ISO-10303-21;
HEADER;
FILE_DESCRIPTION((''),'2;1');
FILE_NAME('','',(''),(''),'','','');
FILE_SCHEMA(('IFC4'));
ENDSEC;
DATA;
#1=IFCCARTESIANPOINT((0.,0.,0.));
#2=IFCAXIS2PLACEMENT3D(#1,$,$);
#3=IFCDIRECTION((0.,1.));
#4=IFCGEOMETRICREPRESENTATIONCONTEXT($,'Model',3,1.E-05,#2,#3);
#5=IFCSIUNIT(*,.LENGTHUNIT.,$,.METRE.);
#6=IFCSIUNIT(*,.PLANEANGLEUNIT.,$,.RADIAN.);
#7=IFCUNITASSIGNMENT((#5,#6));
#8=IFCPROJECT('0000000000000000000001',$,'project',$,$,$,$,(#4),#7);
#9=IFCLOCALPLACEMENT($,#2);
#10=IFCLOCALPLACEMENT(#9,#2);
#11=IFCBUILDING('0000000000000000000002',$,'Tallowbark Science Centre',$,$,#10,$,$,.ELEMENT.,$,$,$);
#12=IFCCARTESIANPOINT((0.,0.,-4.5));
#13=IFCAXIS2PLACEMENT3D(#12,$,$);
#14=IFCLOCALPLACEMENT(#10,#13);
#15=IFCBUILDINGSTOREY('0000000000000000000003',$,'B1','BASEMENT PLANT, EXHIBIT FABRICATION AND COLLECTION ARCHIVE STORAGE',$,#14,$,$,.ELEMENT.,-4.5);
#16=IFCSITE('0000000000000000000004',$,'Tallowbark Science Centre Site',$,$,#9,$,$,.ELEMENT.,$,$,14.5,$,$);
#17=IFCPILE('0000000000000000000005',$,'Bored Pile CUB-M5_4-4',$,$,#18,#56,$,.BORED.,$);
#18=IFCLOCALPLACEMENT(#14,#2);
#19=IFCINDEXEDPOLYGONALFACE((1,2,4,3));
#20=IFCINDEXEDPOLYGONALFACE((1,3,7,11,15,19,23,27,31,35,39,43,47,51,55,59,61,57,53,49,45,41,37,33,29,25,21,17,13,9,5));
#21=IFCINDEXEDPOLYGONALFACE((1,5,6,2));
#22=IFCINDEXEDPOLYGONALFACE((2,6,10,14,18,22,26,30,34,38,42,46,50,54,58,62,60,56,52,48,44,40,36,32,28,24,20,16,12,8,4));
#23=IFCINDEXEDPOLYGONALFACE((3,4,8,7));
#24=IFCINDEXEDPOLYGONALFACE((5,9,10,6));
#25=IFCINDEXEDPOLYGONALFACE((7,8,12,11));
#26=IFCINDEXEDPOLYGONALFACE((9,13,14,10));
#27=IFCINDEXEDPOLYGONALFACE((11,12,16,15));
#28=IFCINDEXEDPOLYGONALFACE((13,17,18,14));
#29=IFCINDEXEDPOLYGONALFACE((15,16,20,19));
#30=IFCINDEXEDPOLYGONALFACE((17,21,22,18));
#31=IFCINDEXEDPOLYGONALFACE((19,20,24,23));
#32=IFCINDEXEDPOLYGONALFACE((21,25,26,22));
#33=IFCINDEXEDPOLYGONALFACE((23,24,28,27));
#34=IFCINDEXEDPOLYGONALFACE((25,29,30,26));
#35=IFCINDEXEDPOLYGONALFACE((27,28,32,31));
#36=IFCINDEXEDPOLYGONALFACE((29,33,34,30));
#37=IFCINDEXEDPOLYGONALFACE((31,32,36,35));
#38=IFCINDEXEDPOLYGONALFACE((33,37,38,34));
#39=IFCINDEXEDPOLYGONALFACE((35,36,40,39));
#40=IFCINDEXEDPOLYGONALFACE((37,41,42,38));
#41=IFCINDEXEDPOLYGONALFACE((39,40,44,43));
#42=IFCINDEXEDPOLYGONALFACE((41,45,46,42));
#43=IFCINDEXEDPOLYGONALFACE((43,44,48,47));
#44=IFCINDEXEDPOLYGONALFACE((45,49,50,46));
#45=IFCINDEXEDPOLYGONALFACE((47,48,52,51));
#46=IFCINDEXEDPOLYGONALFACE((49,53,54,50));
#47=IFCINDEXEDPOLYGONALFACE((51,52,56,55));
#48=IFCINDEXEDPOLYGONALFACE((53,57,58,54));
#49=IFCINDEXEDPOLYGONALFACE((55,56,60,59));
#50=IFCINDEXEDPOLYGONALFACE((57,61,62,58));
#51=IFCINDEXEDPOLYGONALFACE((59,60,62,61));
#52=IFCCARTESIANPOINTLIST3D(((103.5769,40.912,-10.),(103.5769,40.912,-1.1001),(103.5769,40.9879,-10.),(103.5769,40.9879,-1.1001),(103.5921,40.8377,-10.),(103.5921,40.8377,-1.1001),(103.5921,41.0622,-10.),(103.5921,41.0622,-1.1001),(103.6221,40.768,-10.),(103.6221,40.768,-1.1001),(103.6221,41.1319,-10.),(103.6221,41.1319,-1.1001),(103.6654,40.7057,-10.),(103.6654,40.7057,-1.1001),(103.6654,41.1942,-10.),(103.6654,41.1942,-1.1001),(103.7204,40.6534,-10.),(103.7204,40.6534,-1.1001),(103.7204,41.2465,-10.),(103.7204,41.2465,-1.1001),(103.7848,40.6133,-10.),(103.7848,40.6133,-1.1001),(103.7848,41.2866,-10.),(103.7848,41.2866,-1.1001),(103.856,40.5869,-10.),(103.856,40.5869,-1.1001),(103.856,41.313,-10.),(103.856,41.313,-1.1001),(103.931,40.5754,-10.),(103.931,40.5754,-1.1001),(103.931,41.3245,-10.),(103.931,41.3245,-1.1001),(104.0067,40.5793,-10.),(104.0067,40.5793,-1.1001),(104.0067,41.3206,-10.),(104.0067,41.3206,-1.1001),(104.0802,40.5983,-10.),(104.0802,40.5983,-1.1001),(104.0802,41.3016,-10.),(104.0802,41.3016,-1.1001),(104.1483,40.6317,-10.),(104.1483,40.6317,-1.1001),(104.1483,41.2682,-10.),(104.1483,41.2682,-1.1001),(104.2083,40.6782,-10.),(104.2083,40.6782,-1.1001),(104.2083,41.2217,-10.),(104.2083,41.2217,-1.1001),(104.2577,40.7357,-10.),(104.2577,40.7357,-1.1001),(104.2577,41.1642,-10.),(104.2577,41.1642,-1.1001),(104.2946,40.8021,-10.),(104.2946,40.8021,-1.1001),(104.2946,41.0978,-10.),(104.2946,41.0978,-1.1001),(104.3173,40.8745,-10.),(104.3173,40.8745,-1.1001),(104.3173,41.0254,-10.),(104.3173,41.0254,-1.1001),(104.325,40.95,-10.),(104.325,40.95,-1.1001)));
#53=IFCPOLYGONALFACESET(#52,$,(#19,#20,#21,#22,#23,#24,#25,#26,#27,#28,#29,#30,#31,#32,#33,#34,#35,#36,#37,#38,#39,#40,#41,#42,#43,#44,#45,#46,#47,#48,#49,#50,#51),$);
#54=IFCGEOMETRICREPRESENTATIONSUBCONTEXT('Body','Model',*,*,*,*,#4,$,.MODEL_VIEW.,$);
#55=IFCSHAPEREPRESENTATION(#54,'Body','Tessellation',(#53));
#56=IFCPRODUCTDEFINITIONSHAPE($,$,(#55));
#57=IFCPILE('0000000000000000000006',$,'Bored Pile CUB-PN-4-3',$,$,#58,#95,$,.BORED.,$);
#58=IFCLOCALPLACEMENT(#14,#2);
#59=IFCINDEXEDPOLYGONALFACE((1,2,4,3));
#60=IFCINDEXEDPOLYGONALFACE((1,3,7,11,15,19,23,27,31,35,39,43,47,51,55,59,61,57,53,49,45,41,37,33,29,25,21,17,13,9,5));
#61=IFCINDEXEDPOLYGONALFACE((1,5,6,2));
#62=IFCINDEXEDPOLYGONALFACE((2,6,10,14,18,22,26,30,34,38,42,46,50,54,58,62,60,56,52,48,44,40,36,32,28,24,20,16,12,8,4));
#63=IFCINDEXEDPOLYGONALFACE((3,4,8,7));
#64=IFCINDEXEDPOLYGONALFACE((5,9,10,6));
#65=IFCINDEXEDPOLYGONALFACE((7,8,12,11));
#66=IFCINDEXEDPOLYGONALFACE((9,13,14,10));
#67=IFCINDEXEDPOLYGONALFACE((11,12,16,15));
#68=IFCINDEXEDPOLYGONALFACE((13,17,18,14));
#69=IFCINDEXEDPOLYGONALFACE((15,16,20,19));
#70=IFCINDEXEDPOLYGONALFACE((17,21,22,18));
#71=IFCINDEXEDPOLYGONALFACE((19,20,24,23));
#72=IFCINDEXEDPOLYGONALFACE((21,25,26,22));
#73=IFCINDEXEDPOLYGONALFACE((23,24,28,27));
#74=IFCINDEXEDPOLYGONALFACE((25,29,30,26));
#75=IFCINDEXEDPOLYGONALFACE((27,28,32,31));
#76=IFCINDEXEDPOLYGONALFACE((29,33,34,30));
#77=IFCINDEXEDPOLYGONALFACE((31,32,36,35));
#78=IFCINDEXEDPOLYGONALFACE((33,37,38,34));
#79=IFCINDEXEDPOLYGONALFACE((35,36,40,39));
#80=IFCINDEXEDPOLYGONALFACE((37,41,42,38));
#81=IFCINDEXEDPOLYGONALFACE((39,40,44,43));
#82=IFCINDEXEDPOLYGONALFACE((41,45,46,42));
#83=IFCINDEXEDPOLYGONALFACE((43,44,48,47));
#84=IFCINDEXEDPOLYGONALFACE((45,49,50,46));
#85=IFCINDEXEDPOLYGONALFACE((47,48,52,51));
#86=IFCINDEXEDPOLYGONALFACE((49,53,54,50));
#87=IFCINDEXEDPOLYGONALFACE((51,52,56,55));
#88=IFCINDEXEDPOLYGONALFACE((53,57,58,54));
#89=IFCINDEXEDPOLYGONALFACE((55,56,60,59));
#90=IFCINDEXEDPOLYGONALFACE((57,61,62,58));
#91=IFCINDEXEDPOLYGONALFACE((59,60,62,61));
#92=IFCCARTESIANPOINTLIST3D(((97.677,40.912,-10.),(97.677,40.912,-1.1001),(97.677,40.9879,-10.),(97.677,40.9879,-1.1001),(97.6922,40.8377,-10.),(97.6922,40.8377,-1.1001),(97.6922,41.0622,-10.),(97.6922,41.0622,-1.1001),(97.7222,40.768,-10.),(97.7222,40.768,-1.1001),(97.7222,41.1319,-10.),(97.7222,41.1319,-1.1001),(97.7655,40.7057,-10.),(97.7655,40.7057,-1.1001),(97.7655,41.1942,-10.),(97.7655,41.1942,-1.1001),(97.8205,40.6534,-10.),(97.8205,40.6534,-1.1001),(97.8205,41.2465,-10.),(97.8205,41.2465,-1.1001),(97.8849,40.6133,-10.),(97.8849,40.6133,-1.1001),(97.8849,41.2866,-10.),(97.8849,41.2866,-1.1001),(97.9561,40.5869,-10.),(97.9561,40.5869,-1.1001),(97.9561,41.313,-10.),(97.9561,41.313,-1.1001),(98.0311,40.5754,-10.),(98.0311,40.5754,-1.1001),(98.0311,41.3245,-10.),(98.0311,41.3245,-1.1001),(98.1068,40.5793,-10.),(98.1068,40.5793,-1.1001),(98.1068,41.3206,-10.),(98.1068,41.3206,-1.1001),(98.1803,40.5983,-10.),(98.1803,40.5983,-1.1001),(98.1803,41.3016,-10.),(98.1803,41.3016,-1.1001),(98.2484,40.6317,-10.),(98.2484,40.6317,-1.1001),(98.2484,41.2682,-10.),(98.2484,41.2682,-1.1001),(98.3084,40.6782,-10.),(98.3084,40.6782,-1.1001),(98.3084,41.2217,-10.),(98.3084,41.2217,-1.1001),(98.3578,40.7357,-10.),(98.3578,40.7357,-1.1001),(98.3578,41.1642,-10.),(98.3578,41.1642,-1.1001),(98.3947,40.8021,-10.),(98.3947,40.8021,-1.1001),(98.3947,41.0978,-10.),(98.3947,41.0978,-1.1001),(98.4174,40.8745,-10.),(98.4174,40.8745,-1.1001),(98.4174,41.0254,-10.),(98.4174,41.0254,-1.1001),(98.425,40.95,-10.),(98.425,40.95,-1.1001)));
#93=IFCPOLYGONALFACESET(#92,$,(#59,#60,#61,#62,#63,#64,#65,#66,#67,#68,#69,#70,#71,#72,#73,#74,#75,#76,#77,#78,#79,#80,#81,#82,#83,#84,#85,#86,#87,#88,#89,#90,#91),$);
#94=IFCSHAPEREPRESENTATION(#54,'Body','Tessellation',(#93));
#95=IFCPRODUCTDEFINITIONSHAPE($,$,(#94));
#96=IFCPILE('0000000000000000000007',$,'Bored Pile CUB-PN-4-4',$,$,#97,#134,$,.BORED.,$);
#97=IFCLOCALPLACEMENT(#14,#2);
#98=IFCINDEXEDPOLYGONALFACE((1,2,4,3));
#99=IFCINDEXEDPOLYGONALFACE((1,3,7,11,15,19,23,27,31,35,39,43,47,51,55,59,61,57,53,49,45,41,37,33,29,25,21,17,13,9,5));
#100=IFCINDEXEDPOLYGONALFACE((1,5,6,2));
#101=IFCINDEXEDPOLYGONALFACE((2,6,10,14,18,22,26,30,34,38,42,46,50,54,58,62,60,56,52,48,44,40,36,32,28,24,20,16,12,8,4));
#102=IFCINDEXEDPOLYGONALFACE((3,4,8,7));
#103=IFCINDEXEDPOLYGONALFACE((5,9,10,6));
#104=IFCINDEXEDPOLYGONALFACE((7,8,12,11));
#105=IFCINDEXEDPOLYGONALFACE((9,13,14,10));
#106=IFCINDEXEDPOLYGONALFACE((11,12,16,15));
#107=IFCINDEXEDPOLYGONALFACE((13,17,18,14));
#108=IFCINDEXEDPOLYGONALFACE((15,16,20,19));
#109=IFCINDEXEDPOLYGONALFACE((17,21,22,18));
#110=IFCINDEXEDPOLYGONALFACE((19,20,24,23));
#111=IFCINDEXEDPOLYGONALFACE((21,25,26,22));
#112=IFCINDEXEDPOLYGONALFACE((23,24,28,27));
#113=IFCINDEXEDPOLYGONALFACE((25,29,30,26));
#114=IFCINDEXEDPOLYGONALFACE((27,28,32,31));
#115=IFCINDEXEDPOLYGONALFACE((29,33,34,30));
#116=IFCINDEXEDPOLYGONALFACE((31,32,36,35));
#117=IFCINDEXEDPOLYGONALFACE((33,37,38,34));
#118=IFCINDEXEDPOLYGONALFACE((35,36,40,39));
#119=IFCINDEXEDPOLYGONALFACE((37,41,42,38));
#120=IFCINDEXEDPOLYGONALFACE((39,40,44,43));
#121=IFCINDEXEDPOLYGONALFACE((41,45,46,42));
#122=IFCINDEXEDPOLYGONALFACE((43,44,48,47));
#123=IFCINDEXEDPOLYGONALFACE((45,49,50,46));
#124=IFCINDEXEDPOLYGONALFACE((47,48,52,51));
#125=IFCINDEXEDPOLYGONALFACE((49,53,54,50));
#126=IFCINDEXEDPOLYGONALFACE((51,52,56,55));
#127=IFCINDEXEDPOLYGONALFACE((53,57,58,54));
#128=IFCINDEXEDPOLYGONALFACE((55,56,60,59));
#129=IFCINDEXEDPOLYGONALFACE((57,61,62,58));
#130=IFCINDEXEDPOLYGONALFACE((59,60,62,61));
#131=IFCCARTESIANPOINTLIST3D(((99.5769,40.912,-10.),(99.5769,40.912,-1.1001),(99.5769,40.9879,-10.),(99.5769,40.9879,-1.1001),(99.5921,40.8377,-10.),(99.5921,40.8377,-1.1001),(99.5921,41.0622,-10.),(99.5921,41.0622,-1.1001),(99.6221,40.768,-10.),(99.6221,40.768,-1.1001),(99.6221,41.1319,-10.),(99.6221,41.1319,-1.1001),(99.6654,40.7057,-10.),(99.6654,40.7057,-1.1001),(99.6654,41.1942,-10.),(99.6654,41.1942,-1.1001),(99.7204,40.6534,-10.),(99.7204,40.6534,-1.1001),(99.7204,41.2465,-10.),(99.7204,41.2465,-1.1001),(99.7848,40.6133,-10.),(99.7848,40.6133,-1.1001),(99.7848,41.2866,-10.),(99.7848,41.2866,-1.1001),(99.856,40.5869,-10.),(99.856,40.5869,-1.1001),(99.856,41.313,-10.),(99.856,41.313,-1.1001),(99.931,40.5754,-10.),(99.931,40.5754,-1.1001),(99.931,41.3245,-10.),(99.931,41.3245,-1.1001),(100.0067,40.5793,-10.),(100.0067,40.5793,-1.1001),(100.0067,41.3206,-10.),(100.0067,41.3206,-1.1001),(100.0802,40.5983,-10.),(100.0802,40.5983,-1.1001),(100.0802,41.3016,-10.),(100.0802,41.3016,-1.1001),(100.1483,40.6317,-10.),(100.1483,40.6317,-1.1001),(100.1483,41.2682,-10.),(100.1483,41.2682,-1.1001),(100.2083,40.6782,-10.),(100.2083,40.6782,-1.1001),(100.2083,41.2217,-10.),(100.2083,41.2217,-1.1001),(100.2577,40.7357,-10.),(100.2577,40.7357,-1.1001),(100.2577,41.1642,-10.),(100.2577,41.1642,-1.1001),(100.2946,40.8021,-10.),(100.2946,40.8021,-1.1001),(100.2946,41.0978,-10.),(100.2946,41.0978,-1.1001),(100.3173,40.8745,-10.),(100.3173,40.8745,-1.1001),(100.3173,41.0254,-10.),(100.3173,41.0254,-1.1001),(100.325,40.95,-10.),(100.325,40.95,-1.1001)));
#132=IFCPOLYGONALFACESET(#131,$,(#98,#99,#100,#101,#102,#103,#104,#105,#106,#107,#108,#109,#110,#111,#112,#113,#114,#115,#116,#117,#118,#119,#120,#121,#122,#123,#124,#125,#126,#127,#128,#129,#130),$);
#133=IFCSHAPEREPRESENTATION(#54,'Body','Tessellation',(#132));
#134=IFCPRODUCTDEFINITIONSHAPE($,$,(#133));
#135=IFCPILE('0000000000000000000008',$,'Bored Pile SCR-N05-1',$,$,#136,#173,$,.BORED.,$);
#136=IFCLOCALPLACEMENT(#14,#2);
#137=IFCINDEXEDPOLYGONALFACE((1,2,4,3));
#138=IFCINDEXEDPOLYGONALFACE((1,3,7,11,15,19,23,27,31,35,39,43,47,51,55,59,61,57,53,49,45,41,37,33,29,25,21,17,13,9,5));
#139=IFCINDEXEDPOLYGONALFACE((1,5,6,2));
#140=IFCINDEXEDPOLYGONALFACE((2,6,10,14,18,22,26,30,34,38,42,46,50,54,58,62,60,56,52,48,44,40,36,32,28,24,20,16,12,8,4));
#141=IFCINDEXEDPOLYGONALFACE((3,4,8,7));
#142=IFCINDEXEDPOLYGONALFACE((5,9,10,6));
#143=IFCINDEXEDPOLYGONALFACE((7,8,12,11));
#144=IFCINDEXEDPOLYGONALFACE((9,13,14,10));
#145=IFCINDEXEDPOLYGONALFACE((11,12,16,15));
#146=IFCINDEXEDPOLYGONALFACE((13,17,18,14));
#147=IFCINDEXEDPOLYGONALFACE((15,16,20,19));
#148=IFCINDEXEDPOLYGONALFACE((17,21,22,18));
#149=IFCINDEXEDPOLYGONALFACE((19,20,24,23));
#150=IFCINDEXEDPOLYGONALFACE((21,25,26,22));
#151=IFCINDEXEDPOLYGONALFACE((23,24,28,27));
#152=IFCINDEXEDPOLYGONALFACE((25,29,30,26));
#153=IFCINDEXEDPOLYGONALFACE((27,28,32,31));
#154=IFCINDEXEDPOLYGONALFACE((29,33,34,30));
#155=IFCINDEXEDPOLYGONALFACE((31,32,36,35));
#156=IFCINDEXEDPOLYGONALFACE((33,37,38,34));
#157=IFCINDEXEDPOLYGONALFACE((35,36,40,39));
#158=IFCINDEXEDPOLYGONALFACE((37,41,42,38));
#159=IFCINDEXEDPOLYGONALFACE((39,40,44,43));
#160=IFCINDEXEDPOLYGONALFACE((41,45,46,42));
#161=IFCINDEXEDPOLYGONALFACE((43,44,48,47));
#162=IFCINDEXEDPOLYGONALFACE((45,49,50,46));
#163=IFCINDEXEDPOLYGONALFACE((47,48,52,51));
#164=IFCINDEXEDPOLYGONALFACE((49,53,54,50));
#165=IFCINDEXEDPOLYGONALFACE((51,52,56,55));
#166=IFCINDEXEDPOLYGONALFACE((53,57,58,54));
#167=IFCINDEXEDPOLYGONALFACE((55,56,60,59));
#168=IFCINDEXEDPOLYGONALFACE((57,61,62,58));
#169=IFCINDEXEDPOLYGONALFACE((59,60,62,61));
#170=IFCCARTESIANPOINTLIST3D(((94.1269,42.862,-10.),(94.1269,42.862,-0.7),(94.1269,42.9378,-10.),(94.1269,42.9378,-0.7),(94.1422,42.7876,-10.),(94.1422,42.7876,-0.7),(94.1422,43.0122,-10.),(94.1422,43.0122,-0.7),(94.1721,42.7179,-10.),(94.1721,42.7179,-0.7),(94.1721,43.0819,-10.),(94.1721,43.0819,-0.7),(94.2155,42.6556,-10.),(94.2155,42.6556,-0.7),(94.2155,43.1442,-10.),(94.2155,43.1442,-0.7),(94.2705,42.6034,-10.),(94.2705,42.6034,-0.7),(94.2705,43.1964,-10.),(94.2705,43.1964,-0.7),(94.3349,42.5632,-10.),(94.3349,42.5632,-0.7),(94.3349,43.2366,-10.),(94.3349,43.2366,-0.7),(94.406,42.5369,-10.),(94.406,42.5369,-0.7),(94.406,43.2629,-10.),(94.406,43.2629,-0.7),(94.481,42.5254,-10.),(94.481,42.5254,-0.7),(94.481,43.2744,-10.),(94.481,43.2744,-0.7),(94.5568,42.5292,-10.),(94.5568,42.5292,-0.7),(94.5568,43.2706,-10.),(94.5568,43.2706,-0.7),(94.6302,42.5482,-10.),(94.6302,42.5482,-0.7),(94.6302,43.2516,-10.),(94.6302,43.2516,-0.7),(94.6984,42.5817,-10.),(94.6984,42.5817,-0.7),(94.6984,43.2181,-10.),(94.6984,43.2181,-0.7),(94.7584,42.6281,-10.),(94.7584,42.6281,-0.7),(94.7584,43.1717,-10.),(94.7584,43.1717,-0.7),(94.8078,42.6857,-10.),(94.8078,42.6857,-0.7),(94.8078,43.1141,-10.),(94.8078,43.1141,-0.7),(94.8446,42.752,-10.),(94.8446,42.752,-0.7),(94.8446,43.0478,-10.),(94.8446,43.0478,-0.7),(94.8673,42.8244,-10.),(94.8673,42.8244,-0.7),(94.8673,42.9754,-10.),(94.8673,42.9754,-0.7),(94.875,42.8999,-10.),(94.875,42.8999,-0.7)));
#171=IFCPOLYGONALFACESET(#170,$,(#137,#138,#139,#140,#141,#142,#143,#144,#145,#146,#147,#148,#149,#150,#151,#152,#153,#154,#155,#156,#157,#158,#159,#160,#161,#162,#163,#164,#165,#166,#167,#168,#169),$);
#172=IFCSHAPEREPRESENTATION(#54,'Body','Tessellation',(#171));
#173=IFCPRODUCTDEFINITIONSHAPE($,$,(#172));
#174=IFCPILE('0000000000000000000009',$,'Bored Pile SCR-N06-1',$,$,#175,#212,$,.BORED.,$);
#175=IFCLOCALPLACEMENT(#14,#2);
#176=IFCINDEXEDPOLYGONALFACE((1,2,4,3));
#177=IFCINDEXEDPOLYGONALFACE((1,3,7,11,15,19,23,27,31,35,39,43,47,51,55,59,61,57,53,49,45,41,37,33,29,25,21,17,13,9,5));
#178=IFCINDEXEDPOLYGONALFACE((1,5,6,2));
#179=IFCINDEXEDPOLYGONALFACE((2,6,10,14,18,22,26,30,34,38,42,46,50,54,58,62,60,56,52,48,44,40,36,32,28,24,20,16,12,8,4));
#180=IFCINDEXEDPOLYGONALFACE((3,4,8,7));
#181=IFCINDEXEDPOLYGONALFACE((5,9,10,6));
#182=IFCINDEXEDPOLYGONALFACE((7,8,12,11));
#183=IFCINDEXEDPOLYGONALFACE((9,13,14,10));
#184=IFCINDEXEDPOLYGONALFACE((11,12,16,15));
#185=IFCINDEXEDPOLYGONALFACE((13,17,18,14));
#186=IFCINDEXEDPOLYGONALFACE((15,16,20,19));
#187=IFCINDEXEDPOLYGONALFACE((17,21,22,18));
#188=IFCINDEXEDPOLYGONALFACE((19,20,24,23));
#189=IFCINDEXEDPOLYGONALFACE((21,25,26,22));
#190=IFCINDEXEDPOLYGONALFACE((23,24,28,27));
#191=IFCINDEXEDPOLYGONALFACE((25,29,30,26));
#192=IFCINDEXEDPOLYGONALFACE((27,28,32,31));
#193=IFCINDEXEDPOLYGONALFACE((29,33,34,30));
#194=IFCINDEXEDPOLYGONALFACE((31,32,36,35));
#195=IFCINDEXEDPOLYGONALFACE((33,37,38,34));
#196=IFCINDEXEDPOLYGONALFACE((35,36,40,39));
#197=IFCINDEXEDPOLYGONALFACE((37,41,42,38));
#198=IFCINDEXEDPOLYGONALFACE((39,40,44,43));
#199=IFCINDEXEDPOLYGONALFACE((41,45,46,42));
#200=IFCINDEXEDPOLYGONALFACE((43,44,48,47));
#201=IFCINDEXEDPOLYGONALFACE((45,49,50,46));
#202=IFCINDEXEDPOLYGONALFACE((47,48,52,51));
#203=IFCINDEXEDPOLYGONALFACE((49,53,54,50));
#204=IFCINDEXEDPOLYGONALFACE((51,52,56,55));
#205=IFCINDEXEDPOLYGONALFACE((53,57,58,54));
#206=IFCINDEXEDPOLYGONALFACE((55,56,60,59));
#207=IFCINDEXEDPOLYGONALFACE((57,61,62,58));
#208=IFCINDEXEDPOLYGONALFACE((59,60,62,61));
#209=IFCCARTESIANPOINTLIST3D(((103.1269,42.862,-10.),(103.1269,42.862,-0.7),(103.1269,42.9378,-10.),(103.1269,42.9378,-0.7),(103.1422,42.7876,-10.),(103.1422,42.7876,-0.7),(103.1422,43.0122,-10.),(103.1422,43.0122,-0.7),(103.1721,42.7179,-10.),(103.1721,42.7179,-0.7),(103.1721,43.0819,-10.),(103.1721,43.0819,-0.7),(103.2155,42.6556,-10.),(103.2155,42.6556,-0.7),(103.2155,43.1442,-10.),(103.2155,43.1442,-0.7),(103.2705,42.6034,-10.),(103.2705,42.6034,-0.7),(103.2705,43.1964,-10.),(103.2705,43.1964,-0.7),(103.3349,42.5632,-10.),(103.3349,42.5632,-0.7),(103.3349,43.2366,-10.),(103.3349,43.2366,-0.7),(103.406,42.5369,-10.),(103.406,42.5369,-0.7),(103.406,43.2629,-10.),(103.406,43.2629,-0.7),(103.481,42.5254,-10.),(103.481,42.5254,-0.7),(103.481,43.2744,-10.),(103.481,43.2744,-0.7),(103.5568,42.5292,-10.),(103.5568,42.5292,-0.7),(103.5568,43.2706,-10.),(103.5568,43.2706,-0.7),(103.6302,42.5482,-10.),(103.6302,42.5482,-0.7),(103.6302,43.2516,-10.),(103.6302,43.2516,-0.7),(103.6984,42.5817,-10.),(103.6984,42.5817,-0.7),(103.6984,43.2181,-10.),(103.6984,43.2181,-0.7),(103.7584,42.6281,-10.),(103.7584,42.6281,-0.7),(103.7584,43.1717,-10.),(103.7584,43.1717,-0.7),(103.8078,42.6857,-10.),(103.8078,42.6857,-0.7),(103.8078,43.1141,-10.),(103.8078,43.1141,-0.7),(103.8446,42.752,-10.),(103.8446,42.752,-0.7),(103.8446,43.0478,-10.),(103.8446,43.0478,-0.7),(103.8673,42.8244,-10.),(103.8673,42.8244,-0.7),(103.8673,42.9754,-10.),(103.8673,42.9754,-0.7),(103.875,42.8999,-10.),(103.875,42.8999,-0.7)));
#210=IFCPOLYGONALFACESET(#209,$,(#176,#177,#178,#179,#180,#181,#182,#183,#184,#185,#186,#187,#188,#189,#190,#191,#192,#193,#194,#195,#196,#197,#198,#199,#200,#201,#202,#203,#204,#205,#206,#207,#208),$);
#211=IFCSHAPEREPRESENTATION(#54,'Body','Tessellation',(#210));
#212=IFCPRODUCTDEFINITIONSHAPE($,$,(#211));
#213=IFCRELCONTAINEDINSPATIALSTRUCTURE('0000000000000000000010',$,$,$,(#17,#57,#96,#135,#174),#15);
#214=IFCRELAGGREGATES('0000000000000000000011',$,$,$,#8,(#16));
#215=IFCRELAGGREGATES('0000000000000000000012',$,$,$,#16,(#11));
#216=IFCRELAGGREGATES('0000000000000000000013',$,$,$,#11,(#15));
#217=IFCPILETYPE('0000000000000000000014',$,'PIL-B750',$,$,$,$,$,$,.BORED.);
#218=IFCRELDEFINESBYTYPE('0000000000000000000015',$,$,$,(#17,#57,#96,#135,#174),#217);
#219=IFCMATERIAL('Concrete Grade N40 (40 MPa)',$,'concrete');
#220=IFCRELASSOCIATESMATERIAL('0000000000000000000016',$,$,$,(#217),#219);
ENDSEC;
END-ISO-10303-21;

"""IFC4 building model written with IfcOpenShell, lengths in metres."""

from ifc_helpers import new_model, si_unit, direction, frame, origin, origin_2d, place, context, subcontext, project, spatial, circle, extrude, material, material_profile, profile_set, type_object, element, save


model = new_model("IFC4")

# Units and contexts
model_context = context("Model", 3, precision=1e-05, world=origin(), true_north=direction((0.0, 1.0)))
body_context = subcontext(model_context, "Body", "Model", "MODEL_VIEW")
ifc_project = project(units=[si_unit("LENGTHUNIT", "METRE"), si_unit("PLANEANGLEUNIT", "RADIAN")], contexts=[model_context])

# Site, building, storey
site_placement = place(None, origin())
site = spatial("IfcSite", under=ifc_project, at=site_placement, Name="Tallowbark Science Centre Site", CompositionType="ELEMENT", RefElevation=14.5)
building_placement = place(site_placement, origin())
building = spatial("IfcBuilding", under=site, at=building_placement, Name="Tallowbark Science Centre", CompositionType="ELEMENT")
storey_placement = place(building_placement, frame((0.0, 0.0, -4.5)))
storey = spatial("IfcBuildingStorey", under=building, at=storey_placement, Name="B1", Description="BASEMENT PLANT, EXHIBIT FABRICATION AND COLLECTION ARCHIVE STORAGE", CompositionType="ELEMENT", Elevation=-4.5)

# Shared definitions
ifc_material_1 = material(Name="Concrete Grade N40 (40 MPa)", Category="concrete")

# Piles
ifc_material_profile_1 = material_profile(ifc_material_1, circle(Radius=0.375, at=origin_2d()), Name="PILE750")
ifc_profile_set_1 = profile_set([ifc_material_profile_1], Name="Concrete Grade N40 (40 MPa)")
pile_type = type_object("IfcPileType", Name="PIL-B750", PredefinedType="BORED", material=ifc_profile_set_1)
for number, where, z_axis, x_axis, name in (
    (1, (103.95, 40.95, -1.1001), (0.0, 0.0, -1.0), (1.0, 0.0, 0.0), "Bored Pile CUB-M5_4-4"),
    (2, (98.05, 40.95, -1.1001), (0.0, 0.0, -1.0), (1.0, 0.0, 0.0), "Bored Pile CUB-PN-4-3"),
    (3, (99.95, 40.95, -1.1001), (0.0, 0.0, -1.0), (1.0, 0.0, 0.0), "Bored Pile CUB-PN-4-4"),
):
    element("IfcPile", number, at=place(storey_placement, frame(where, z_axis=z_axis, x_axis=x_axis)), inside=storey, type_object=pile_type, Name=name, PredefinedType="BORED", context=body_context, shape_type="SweptSolid", body=[
        extrude(circle(Radius=0.375, at=origin_2d()), origin(), (0.0, 0.0, 1.0), 8.8999),
    ])
for number, where, z_axis, x_axis, name in (
    (4, (94.5, 42.8999, -0.7), (0.0, 0.0, -1.0), (1.0, 0.0, 0.0), "Bored Pile SCR-N05-1"),
    (5, (103.5, 42.8999, -0.7), (0.0, 0.0, -1.0), (1.0, 0.0, 0.0), "Bored Pile SCR-N06-1"),
):
    element("IfcPile", number, at=place(storey_placement, frame(where, z_axis=z_axis, x_axis=x_axis)), inside=storey, type_object=pile_type, Name=name, PredefinedType="BORED", context=body_context, shape_type="SweptSolid", body=[
        extrude(circle(Radius=0.375, at=origin_2d()), origin(), (0.0, 0.0, 1.0), 9.3),
    ])

save(model, "model.ifc")
